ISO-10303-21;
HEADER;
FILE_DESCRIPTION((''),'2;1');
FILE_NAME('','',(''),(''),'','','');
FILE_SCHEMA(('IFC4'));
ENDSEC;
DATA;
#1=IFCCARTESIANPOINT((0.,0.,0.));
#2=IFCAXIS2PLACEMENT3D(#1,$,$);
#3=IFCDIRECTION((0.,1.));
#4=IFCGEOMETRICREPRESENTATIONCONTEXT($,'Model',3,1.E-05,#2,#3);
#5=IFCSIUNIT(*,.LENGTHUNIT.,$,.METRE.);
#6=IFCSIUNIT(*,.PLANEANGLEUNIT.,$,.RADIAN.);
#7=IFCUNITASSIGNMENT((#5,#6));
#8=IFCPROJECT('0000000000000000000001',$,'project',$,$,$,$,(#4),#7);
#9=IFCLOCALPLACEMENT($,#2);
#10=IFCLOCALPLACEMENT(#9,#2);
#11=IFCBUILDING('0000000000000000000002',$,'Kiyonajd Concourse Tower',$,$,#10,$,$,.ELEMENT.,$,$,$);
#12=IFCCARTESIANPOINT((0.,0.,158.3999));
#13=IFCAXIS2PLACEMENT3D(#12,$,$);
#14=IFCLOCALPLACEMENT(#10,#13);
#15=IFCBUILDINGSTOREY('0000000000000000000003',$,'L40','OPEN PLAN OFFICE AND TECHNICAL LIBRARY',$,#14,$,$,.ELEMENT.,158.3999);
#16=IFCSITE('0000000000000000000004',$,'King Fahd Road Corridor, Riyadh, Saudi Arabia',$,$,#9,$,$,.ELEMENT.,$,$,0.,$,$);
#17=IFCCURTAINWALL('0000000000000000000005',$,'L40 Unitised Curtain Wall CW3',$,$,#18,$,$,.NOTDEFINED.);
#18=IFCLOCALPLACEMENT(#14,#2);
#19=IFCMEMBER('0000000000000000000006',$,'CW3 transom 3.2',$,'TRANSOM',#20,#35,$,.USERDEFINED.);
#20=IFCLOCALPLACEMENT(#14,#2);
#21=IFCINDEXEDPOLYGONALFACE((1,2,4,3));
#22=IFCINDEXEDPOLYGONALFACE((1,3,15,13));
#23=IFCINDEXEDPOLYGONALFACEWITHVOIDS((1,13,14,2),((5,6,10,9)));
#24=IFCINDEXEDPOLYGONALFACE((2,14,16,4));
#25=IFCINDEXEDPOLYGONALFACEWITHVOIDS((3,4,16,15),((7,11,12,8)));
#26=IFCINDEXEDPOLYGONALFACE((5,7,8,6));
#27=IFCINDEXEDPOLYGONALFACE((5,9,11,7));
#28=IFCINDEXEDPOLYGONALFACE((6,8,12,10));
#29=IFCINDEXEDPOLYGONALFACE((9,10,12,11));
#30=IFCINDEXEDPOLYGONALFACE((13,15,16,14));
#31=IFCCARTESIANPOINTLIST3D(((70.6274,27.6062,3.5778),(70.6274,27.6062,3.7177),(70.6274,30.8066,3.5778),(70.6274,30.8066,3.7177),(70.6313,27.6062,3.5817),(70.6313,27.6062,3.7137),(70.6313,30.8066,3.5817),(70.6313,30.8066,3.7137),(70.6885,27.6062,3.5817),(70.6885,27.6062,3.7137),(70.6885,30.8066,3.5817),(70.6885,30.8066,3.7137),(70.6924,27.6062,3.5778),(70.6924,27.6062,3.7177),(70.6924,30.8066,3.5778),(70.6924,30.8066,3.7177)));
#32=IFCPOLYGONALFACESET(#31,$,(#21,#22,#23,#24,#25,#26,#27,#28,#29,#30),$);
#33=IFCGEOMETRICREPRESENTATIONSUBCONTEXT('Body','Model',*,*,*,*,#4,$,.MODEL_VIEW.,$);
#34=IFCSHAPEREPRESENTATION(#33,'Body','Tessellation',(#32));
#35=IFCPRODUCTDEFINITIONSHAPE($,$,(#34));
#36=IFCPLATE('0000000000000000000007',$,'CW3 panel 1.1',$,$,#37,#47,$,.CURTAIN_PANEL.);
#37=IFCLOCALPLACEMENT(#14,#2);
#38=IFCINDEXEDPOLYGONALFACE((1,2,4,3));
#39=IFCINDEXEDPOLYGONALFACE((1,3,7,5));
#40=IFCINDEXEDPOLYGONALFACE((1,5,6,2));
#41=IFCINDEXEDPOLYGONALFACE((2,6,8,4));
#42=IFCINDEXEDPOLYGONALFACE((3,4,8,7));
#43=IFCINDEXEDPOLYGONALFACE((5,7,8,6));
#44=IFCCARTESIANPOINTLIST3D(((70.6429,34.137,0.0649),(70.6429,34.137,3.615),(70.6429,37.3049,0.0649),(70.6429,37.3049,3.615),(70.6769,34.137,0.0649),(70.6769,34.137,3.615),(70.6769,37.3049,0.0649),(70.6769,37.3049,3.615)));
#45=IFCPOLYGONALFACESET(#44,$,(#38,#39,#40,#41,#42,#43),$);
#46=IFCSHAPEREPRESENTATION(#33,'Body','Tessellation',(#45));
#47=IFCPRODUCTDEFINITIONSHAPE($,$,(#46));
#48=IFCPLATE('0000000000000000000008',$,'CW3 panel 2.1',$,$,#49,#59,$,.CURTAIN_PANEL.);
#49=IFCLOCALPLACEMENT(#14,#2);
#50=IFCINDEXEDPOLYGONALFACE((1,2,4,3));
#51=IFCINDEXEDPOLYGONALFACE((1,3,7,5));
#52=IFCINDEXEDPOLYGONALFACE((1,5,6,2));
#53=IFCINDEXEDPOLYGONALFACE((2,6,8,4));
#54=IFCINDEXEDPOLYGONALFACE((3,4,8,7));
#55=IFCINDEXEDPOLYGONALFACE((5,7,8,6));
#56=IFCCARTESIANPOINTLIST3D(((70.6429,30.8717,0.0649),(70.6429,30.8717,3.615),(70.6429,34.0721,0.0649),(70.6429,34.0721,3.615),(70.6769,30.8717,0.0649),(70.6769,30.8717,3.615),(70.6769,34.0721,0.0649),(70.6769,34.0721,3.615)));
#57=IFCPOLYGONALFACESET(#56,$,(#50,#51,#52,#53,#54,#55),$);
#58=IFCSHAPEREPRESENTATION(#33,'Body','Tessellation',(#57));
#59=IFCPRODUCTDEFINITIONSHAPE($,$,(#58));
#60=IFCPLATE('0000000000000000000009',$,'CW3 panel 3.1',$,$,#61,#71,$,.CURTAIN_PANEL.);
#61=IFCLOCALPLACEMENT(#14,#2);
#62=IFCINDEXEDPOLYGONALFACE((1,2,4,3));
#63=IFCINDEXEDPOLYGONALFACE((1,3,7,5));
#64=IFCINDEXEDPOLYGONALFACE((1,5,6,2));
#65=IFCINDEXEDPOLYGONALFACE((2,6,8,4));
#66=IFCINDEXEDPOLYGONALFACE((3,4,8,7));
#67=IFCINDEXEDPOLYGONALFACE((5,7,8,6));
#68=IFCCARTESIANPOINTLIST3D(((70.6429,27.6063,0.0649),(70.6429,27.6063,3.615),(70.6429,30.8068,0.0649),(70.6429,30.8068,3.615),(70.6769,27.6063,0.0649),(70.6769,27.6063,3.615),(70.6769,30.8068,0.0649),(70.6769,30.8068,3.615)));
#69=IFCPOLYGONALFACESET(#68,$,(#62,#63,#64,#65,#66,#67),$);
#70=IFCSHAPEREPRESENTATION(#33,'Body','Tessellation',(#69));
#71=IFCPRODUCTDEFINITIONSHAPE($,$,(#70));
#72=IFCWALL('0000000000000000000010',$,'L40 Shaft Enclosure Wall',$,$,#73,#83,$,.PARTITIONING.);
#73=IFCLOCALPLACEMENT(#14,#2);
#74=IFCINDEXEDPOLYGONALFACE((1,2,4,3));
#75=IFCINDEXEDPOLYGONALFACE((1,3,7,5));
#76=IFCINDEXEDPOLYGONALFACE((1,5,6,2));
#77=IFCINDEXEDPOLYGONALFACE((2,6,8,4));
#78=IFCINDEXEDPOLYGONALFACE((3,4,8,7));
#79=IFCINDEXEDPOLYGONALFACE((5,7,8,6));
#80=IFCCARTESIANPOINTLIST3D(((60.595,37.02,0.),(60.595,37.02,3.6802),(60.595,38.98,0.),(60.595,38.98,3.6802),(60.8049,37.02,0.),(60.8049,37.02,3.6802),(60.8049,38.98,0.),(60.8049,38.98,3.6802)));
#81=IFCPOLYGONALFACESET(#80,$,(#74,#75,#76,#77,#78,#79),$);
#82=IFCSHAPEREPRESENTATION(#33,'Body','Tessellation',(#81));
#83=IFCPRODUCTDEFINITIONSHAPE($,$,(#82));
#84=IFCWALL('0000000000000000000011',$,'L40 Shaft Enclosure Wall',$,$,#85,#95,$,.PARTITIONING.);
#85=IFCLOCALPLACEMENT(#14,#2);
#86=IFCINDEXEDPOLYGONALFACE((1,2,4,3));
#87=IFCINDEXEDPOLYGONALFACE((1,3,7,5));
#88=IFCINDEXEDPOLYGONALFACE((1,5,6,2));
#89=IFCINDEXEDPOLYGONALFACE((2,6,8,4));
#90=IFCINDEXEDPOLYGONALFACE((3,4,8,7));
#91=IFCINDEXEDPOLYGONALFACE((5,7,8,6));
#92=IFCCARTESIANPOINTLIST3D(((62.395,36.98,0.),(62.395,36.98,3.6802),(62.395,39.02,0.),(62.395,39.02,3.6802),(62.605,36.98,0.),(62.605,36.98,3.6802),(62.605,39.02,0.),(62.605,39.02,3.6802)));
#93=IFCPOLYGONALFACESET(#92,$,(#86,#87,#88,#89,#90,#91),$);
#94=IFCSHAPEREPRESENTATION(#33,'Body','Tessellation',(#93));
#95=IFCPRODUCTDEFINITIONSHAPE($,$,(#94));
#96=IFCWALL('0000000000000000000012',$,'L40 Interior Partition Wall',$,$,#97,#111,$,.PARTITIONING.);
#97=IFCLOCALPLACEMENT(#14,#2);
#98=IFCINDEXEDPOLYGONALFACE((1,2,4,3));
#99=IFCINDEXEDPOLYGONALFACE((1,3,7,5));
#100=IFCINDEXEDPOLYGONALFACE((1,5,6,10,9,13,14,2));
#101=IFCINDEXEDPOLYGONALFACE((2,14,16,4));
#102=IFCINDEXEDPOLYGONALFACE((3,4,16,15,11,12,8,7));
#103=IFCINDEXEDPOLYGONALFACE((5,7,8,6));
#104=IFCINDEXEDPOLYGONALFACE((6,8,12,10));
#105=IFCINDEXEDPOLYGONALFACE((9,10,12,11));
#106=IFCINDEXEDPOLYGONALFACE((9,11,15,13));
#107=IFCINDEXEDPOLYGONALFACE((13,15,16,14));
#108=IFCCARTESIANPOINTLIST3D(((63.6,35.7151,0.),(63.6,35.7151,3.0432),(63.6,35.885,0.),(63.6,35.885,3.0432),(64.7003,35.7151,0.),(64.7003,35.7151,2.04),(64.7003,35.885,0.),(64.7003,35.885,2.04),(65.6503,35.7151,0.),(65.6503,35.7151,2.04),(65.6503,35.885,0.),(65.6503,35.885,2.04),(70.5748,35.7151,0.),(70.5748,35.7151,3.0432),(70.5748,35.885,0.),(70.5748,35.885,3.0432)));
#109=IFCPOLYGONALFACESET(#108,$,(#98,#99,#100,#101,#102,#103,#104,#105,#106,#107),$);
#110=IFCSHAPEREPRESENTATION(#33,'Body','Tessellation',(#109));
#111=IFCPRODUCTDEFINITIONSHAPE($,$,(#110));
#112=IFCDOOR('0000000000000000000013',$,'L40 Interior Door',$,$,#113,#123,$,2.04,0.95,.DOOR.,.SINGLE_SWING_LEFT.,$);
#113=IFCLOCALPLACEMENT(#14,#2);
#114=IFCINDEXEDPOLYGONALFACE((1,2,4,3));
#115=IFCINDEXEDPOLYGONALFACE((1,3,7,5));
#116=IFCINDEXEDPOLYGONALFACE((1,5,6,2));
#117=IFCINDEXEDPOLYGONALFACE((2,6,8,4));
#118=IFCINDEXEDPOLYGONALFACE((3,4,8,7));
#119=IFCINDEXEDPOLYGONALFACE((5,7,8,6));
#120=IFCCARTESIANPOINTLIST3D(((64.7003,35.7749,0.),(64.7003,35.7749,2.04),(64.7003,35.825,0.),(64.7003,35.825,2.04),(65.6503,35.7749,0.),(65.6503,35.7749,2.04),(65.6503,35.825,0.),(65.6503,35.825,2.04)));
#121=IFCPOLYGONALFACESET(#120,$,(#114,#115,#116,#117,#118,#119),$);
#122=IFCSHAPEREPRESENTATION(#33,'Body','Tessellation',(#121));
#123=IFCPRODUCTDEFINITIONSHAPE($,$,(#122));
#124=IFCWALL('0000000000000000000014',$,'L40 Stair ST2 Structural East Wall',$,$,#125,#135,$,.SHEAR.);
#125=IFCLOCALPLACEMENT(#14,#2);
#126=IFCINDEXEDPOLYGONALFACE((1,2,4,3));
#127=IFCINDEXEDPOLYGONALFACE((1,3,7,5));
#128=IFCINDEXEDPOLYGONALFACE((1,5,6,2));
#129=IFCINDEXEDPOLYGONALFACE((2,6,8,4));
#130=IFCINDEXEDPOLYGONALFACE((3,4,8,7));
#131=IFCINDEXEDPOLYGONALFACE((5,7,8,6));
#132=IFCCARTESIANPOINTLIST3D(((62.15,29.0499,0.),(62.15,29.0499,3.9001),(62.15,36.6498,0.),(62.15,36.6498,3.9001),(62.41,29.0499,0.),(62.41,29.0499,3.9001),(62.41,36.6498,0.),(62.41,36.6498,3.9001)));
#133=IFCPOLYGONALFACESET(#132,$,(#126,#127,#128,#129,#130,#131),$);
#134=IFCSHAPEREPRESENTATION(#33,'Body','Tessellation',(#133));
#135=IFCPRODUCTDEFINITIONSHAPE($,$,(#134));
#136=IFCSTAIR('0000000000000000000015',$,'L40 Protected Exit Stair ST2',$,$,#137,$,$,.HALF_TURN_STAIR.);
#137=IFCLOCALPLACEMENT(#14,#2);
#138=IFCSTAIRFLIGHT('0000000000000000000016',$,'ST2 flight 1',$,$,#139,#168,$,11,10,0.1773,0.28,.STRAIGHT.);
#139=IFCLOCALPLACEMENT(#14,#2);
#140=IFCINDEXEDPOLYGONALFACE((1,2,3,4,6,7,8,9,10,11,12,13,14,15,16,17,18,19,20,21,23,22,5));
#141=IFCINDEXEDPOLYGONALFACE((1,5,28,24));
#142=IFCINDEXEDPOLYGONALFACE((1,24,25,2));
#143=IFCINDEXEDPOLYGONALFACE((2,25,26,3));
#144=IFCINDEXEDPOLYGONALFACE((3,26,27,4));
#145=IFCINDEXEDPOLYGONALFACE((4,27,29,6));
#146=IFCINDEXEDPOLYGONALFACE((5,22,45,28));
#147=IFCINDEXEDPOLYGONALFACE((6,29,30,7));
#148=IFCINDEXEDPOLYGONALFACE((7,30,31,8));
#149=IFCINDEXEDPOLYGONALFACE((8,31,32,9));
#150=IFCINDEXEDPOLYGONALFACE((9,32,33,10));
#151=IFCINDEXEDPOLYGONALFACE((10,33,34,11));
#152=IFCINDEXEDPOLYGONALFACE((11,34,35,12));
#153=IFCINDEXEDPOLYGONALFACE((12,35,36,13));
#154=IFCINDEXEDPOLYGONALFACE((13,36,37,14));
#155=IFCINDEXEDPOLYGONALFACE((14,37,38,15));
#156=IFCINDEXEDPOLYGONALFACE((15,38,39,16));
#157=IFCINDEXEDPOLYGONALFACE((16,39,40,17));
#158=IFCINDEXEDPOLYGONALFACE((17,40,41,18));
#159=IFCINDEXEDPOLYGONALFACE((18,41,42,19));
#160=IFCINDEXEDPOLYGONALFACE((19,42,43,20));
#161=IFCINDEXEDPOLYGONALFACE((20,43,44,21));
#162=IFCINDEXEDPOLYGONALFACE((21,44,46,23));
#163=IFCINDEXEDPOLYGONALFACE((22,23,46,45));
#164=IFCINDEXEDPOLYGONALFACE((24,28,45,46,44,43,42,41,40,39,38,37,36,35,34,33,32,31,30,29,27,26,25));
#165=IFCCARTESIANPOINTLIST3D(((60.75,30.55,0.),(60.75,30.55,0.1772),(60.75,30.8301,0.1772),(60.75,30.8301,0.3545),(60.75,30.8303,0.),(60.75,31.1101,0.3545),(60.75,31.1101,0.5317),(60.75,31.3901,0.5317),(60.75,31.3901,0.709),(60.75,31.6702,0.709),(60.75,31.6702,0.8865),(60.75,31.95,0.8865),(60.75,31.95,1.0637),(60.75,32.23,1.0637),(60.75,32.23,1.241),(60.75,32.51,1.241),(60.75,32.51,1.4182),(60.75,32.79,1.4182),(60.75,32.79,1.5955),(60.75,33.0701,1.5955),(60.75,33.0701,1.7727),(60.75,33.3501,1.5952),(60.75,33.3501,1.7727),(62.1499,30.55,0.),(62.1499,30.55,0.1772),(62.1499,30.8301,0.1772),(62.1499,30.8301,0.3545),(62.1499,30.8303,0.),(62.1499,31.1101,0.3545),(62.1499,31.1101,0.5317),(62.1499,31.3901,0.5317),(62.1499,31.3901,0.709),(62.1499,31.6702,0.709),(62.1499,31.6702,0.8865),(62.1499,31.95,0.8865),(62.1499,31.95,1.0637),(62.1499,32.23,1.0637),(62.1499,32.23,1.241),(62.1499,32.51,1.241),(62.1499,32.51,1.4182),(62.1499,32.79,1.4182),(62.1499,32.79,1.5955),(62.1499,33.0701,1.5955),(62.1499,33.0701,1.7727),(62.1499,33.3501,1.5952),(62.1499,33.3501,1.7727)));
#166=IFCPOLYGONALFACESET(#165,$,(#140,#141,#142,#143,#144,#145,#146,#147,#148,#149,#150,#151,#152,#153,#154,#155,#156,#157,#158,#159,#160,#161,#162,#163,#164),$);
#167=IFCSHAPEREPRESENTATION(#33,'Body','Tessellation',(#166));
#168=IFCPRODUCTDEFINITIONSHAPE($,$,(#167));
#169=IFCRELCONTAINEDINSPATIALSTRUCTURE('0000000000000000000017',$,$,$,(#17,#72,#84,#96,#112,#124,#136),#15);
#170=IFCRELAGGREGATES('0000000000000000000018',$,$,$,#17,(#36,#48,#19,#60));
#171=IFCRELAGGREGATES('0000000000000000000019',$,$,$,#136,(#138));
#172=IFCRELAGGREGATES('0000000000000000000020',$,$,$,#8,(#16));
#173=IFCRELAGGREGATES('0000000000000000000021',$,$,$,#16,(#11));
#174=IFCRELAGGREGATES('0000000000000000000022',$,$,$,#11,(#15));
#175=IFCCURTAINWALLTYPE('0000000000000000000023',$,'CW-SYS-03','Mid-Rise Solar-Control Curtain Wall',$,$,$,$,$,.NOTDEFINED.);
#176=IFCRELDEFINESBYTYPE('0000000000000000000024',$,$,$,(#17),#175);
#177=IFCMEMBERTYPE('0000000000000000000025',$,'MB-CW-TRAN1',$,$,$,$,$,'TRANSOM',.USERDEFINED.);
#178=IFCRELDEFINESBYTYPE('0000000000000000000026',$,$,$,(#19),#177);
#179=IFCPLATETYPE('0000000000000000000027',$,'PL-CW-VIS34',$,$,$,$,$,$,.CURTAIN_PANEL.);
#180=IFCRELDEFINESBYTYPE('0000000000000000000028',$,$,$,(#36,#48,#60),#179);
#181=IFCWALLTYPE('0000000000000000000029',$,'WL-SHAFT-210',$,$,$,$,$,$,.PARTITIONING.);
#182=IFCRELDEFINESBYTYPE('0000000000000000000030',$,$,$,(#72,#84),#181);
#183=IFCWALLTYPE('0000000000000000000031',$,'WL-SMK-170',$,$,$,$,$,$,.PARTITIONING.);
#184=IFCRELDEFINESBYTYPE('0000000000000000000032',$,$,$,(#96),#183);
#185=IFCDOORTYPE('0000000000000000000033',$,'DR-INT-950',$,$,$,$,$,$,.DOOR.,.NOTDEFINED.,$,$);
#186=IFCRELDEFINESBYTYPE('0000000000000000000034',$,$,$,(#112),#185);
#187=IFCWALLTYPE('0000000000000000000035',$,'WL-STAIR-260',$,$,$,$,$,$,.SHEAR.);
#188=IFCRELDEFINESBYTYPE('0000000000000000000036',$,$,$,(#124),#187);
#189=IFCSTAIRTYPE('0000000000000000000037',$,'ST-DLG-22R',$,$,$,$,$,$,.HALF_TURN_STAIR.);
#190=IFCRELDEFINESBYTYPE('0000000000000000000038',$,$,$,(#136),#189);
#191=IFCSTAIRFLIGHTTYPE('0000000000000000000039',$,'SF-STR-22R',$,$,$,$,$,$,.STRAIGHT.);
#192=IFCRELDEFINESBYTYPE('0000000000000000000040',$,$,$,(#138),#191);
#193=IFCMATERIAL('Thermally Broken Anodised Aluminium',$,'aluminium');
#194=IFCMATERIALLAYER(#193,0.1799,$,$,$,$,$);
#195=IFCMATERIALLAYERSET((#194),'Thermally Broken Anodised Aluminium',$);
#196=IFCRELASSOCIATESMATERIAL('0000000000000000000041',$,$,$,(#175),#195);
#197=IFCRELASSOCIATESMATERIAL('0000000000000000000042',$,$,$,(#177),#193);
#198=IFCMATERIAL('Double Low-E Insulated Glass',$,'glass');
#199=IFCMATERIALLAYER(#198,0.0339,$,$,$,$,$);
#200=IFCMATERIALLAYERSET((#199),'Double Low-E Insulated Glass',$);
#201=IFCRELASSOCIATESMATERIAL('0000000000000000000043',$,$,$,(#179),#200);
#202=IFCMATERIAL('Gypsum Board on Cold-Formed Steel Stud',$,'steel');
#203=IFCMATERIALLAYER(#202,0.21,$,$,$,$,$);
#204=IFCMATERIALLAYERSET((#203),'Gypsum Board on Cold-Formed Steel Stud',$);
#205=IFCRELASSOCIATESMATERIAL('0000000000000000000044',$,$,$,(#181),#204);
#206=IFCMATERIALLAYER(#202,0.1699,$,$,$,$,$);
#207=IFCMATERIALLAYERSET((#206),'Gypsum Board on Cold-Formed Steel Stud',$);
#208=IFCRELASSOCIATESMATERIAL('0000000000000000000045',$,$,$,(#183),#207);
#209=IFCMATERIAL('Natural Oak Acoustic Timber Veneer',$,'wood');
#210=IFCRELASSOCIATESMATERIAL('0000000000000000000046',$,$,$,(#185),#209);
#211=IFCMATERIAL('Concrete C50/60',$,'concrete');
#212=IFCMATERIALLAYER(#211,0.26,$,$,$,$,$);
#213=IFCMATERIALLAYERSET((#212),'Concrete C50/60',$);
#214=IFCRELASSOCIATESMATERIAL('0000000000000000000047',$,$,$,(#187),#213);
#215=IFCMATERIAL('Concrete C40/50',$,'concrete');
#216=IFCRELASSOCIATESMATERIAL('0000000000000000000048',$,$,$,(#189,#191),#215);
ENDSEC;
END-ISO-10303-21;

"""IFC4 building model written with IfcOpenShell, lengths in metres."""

from ifc_helpers import new_model, si_unit, direction, frame, frame_2d, origin, origin_2d, place, context, subcontext, project, spatial, polyline, rectangle, hollow_rectangle, outline, extrude, material, layer, layer_set, material_profile, profile_set, type_object, element, fill, aggregate, save


model = new_model("IFC4")

# Units and contexts
model_context = context("Model", 3, precision=1e-05, world=origin(), true_north=direction((0.0, 1.0)))
body_context = subcontext(model_context, "Body", "Model", "MODEL_VIEW")
ifc_project = project(units=[si_unit("LENGTHUNIT", "METRE"), si_unit("PLANEANGLEUNIT", "RADIAN")], contexts=[model_context])

# Site, building, storey
site_placement = place(None, origin())
site = spatial("IfcSite", under=ifc_project, at=site_placement, Name="King Fahd Road Corridor, Riyadh, Saudi Arabia", CompositionType="ELEMENT", RefElevation=0.0)
building_placement = place(site_placement, origin())
building = spatial("IfcBuilding", under=site, at=building_placement, Name="Kiyonajd Concourse Tower", CompositionType="ELEMENT")
storey_placement = place(building_placement, frame((0.0, 0.0, 158.3999)))
storey = spatial("IfcBuildingStorey", under=building, at=storey_placement, Name="L40", Description="OPEN PLAN OFFICE AND TECHNICAL LIBRARY", CompositionType="ELEMENT", Elevation=158.3999)

# Curtain wall, member, plates
ifc_material_1 = material(Name="Thermally Broken Anodised Aluminium", Category="aluminium")
ifc_layer_1 = layer(ifc_material_1, 0.1799)
ifc_layer_set_1 = layer_set([ifc_layer_1], Name="Thermally Broken Anodised Aluminium")
curtain_wall_type = type_object("IfcCurtainWallType", Name="CW-SYS-03", Description="Mid-Rise Solar-Control Curtain Wall", PredefinedType="NOTDEFINED", material=ifc_layer_set_1)
curtain_wall_placement = place(storey_placement, origin())
curtain_wall = element("IfcCurtainWall", 1, at=curtain_wall_placement, inside=storey, type_object=curtain_wall_type, Name="L40 Unitised Curtain Wall CW3", PredefinedType="NOTDEFINED")
ifc_material_profile_1 = material_profile(ifc_material_1, hollow_rectangle(XDim=0.0649, YDim=0.1399, WallThickness=0.0039, at=origin_2d()), Name="TRAN-65x140")
ifc_profile_set_1 = profile_set([ifc_material_profile_1], Name="Thermally Broken Anodised Aluminium")
member_type_1 = type_object("IfcMemberType", Name="MB-CW-TRAN1", ElementType="TRANSOM", PredefinedType="USERDEFINED", material=ifc_profile_set_1)
member_1_placement = place(storey_placement, frame((70.6599, 30.8066, 3.6477), z_axis=(0.0, -1.0, 0.0), x_axis=(1.0, 0.0, 0.0)))
member_1 = element("IfcMember", 2, at=member_1_placement, type_object=member_type_1, Name="CW3 transom 3.2", ObjectType="TRANSOM", PredefinedType="USERDEFINED", context=body_context, shape_type="SweptSolid", body=[
    extrude(hollow_rectangle(XDim=0.0649, YDim=0.1399, WallThickness=0.0039, at=origin_2d()), origin(), (0.0, 0.0, 1.0), 3.2004),
])
ifc_material_2 = material(Name="Double Low-E Insulated Glass", Category="glass")
ifc_layer_2 = layer(ifc_material_2, 0.0339)
ifc_layer_set_2 = layer_set([ifc_layer_2], Name="Double Low-E Insulated Glass")
plate_type = type_object("IfcPlateType", Name="PL-CW-VIS34", PredefinedType="CURTAIN_PANEL", material=ifc_layer_set_2)
plate_1_placement = place(storey_placement, frame((70.6599, 35.7209, 0.0649), z_axis=(0.0, 0.0, 1.0), x_axis=(0.0, -1.0, 0.0)))
plate_1 = element("IfcPlate", 3, at=plate_1_placement, type_object=plate_type, Name="CW3 panel 1.1", PredefinedType="CURTAIN_PANEL", context=body_context, shape_type="SweptSolid", body=[
    extrude(rectangle(XDim=3.168, YDim=0.0339, at=origin_2d()), origin(), (0.0, 0.0, 1.0), 3.55),
])
plate_2_placement = place(storey_placement, frame((70.6599, 32.4719, 0.0649), z_axis=(0.0, 0.0, 1.0), x_axis=(0.0, -1.0, 0.0)))
plate_2 = element("IfcPlate", 4, at=plate_2_placement, type_object=plate_type, Name="CW3 panel 2.1", PredefinedType="CURTAIN_PANEL", context=body_context, shape_type="SweptSolid", body=[
    extrude(rectangle(XDim=3.2004, YDim=0.0339, at=origin_2d()), origin(), (0.0, 0.0, 1.0), 3.55),
])
plate_3_placement = place(storey_placement, frame((70.6599, 29.2065, 0.0649), z_axis=(0.0, 0.0, 1.0), x_axis=(0.0, -1.0, 0.0)))
plate_3 = element("IfcPlate", 5, at=plate_3_placement, type_object=plate_type, Name="CW3 panel 3.1", PredefinedType="CURTAIN_PANEL", context=body_context, shape_type="SweptSolid", body=[
    extrude(rectangle(XDim=3.2004, YDim=0.0339, at=origin_2d()), origin(), (0.0, 0.0, 1.0), 3.55),
])
aggregate(curtain_wall, [plate_1, plate_2, member_1, plate_3])

# Walls
ifc_material_3 = material(Name="Gypsum Board on Cold-Formed Steel Stud", Category="steel")
ifc_layer_3 = layer(ifc_material_3, 0.21)
ifc_layer_set_3 = layer_set([ifc_layer_3], Name="Gypsum Board on Cold-Formed Steel Stud")
wall_type_1 = type_object("IfcWallType", Name="WL-SHAFT-210", PredefinedType="PARTITIONING", material=ifc_layer_set_3)
wall_1_placement = place(storey_placement, frame((60.7, 37.02, 0.0), z_axis=(0.0, 0.0, 1.0), x_axis=(0.0, 1.0, 0.0)))
element("IfcWall", 6, at=wall_1_placement, inside=storey, type_object=wall_type_1, Name="L40 Shaft Enclosure Wall", PredefinedType="PARTITIONING", context=body_context, shape_type="SweptSolid", body=[
    extrude(rectangle(XDim=1.96, YDim=0.21, at=frame_2d((0.98, 0.0))), origin(), (0.0, 0.0, 1.0), 3.6802),
])
wall_2_placement = place(storey_placement, frame((62.5, 36.98, 0.0), z_axis=(0.0, 0.0, 1.0), x_axis=(0.0, 1.0, 0.0)))
element("IfcWall", 7, at=wall_2_placement, inside=storey, type_object=wall_type_1, Name="L40 Shaft Enclosure Wall", PredefinedType="PARTITIONING", context=body_context, shape_type="SweptSolid", body=[
    extrude(rectangle(XDim=2.04, YDim=0.21, at=frame_2d((1.02, 0.0))), origin(), (0.0, 0.0, 1.0), 3.6802),
])

# Wall, opening, door
ifc_layer_4 = layer(ifc_material_3, 0.1699)
ifc_layer_set_4 = layer_set([ifc_layer_4], Name="Gypsum Board on Cold-Formed Steel Stud")
wall_type_2 = type_object("IfcWallType", Name="WL-SMK-170", PredefinedType="PARTITIONING", material=ifc_layer_set_4)
wall_3_placement = place(storey_placement, frame((63.6001, 35.8, 0.0), z_axis=(0.0, 0.0, 1.0), x_axis=(1.0, 0.0, 0.0)))
wall_3 = element("IfcWall", 8, at=wall_3_placement, inside=storey, type_object=wall_type_2, Name="L40 Interior Partition Wall", PredefinedType="PARTITIONING", context=body_context, shape_type="SweptSolid", body=[
    extrude(rectangle(XDim=6.9749, YDim=0.1699, at=frame_2d((3.4873, 0.0))), origin(), (0.0, 0.0, 1.0), 3.0432),
])
opening_placement = place(wall_3_placement, frame((1.1001, 0.0, 0.0)))
opening = element("IfcOpeningElement", 9, at=opening_placement, cuts=wall_3, PredefinedType="OPENING", context=body_context, shape_type="SweptSolid", body=[
    extrude(rectangle(XDim=0.95, YDim=2.04, at=frame_2d((0.4751, 1.02))), frame((0.0, 0.095, 0.0), z_axis=(0.0, -1.0, 0.0), x_axis=(1.0, 0.0, 0.0)), (0.0, 0.0, 1.0), 0.1899),
])
ifc_material_4 = material(Name="Natural Oak Acoustic Timber Veneer", Category="wood")
door_type = type_object("IfcDoorType", Name="DR-INT-950", OperationType="NOTDEFINED", PredefinedType="DOOR", material=ifc_material_4)
door_placement = place(opening_placement, origin())
door = element("IfcDoor", 10, at=door_placement, inside=storey, type_object=door_type, Name="L40 Interior Door", OperationType="SINGLE_SWING_LEFT", OverallHeight=2.04, OverallWidth=0.95, PredefinedType="DOOR", context=body_context, shape_type="SweptSolid", body=[
    extrude(rectangle(XDim=0.95, YDim=2.04, at=frame_2d((0.4751, 1.02))), frame((0.0, 0.0249, 0.0), z_axis=(0.0, -1.0, 0.0), x_axis=(1.0, 0.0, 0.0)), (0.0, 0.0, 1.0), 0.05),
])
fill(opening, door)

# Wall
ifc_material_5 = material(Name="Concrete C50/60", Category="concrete")
ifc_layer_5 = layer(ifc_material_5, 0.26)
ifc_layer_set_5 = layer_set([ifc_layer_5], Name="Concrete C50/60")
wall_type_3 = type_object("IfcWallType", Name="WL-STAIR-260", PredefinedType="SHEAR", material=ifc_layer_set_5)
wall_4_placement = place(storey_placement, frame((62.28, 29.05, 0.0), z_axis=(0.0, 0.0, 1.0), x_axis=(0.0, 1.0, 0.0)))
element("IfcWall", 11, at=wall_4_placement, inside=storey, type_object=wall_type_3, Name="L40 Stair ST2 Structural East Wall", PredefinedType="SHEAR", context=body_context, shape_type="SweptSolid", body=[
    extrude(rectangle(XDim=7.5999, YDim=0.26, at=frame_2d((3.7998, 0.0))), origin(), (0.0, 0.0, 1.0), 3.9001),
])

# Stair, stair flight
ifc_material_6 = material(Name="Concrete C40/50", Category="concrete")
stair_type = type_object("IfcStairType", Name="ST-DLG-22R", PredefinedType="HALF_TURN_STAIR", material=ifc_material_6)
stair_placement = place(storey_placement, origin())
stair = element("IfcStair", 12, at=stair_placement, inside=storey, type_object=stair_type, Name="L40 Protected Exit Stair ST2", PredefinedType="HALF_TURN_STAIR")
stair_flight_type = type_object("IfcStairFlightType", Name="SF-STR-22R", PredefinedType="STRAIGHT", material=ifc_material_6)
stair_flight_1_placement = place(storey_placement, frame((61.45, 30.55, 0.0), z_axis=(0.0, 0.0, 1.0), x_axis=(0.0, 1.0, 0.0)))
stair_flight_1 = element("IfcStairFlight", 13, at=stair_flight_1_placement, type_object=stair_flight_type, Name="ST2 flight 1", NumberOfRisers=11, NumberOfTreads=10, PredefinedType="STRAIGHT", RiserHeight=0.1773, TreadLength=0.28, context=body_context, shape_type="SweptSolid", body=[
    extrude(outline(polyline([(0.0, 0.0), (0.0, 0.1772), (0.28, 0.1772), (0.28, 0.3545), (0.5601, 0.3545), (0.5601, 0.5317), (0.8401, 0.5317), (0.8401, 0.709), (1.1201, 0.709), (1.1201, 0.8865), (1.3999, 0.8865), (1.3999, 1.0637), (1.6799, 1.0637), (1.6799, 1.241), (1.96, 1.241), (1.96, 1.4182), (2.24, 1.4182), (2.24, 1.5955), (2.52, 1.5955), (2.52, 1.7727), (2.8, 1.7727), (2.8, 1.95), (2.8, 1.5952), (0.2803, 0.0), (0.0, 0.0)])), frame((0.0, 0.7, 0.0), z_axis=(0.0, -1.0, 0.0), x_axis=(1.0, 0.0, 0.0)), (0.0, 0.0, 1.0), 1.3999),
])
aggregate(stair, [stair_flight_1])

save(model, "model.ifc")
